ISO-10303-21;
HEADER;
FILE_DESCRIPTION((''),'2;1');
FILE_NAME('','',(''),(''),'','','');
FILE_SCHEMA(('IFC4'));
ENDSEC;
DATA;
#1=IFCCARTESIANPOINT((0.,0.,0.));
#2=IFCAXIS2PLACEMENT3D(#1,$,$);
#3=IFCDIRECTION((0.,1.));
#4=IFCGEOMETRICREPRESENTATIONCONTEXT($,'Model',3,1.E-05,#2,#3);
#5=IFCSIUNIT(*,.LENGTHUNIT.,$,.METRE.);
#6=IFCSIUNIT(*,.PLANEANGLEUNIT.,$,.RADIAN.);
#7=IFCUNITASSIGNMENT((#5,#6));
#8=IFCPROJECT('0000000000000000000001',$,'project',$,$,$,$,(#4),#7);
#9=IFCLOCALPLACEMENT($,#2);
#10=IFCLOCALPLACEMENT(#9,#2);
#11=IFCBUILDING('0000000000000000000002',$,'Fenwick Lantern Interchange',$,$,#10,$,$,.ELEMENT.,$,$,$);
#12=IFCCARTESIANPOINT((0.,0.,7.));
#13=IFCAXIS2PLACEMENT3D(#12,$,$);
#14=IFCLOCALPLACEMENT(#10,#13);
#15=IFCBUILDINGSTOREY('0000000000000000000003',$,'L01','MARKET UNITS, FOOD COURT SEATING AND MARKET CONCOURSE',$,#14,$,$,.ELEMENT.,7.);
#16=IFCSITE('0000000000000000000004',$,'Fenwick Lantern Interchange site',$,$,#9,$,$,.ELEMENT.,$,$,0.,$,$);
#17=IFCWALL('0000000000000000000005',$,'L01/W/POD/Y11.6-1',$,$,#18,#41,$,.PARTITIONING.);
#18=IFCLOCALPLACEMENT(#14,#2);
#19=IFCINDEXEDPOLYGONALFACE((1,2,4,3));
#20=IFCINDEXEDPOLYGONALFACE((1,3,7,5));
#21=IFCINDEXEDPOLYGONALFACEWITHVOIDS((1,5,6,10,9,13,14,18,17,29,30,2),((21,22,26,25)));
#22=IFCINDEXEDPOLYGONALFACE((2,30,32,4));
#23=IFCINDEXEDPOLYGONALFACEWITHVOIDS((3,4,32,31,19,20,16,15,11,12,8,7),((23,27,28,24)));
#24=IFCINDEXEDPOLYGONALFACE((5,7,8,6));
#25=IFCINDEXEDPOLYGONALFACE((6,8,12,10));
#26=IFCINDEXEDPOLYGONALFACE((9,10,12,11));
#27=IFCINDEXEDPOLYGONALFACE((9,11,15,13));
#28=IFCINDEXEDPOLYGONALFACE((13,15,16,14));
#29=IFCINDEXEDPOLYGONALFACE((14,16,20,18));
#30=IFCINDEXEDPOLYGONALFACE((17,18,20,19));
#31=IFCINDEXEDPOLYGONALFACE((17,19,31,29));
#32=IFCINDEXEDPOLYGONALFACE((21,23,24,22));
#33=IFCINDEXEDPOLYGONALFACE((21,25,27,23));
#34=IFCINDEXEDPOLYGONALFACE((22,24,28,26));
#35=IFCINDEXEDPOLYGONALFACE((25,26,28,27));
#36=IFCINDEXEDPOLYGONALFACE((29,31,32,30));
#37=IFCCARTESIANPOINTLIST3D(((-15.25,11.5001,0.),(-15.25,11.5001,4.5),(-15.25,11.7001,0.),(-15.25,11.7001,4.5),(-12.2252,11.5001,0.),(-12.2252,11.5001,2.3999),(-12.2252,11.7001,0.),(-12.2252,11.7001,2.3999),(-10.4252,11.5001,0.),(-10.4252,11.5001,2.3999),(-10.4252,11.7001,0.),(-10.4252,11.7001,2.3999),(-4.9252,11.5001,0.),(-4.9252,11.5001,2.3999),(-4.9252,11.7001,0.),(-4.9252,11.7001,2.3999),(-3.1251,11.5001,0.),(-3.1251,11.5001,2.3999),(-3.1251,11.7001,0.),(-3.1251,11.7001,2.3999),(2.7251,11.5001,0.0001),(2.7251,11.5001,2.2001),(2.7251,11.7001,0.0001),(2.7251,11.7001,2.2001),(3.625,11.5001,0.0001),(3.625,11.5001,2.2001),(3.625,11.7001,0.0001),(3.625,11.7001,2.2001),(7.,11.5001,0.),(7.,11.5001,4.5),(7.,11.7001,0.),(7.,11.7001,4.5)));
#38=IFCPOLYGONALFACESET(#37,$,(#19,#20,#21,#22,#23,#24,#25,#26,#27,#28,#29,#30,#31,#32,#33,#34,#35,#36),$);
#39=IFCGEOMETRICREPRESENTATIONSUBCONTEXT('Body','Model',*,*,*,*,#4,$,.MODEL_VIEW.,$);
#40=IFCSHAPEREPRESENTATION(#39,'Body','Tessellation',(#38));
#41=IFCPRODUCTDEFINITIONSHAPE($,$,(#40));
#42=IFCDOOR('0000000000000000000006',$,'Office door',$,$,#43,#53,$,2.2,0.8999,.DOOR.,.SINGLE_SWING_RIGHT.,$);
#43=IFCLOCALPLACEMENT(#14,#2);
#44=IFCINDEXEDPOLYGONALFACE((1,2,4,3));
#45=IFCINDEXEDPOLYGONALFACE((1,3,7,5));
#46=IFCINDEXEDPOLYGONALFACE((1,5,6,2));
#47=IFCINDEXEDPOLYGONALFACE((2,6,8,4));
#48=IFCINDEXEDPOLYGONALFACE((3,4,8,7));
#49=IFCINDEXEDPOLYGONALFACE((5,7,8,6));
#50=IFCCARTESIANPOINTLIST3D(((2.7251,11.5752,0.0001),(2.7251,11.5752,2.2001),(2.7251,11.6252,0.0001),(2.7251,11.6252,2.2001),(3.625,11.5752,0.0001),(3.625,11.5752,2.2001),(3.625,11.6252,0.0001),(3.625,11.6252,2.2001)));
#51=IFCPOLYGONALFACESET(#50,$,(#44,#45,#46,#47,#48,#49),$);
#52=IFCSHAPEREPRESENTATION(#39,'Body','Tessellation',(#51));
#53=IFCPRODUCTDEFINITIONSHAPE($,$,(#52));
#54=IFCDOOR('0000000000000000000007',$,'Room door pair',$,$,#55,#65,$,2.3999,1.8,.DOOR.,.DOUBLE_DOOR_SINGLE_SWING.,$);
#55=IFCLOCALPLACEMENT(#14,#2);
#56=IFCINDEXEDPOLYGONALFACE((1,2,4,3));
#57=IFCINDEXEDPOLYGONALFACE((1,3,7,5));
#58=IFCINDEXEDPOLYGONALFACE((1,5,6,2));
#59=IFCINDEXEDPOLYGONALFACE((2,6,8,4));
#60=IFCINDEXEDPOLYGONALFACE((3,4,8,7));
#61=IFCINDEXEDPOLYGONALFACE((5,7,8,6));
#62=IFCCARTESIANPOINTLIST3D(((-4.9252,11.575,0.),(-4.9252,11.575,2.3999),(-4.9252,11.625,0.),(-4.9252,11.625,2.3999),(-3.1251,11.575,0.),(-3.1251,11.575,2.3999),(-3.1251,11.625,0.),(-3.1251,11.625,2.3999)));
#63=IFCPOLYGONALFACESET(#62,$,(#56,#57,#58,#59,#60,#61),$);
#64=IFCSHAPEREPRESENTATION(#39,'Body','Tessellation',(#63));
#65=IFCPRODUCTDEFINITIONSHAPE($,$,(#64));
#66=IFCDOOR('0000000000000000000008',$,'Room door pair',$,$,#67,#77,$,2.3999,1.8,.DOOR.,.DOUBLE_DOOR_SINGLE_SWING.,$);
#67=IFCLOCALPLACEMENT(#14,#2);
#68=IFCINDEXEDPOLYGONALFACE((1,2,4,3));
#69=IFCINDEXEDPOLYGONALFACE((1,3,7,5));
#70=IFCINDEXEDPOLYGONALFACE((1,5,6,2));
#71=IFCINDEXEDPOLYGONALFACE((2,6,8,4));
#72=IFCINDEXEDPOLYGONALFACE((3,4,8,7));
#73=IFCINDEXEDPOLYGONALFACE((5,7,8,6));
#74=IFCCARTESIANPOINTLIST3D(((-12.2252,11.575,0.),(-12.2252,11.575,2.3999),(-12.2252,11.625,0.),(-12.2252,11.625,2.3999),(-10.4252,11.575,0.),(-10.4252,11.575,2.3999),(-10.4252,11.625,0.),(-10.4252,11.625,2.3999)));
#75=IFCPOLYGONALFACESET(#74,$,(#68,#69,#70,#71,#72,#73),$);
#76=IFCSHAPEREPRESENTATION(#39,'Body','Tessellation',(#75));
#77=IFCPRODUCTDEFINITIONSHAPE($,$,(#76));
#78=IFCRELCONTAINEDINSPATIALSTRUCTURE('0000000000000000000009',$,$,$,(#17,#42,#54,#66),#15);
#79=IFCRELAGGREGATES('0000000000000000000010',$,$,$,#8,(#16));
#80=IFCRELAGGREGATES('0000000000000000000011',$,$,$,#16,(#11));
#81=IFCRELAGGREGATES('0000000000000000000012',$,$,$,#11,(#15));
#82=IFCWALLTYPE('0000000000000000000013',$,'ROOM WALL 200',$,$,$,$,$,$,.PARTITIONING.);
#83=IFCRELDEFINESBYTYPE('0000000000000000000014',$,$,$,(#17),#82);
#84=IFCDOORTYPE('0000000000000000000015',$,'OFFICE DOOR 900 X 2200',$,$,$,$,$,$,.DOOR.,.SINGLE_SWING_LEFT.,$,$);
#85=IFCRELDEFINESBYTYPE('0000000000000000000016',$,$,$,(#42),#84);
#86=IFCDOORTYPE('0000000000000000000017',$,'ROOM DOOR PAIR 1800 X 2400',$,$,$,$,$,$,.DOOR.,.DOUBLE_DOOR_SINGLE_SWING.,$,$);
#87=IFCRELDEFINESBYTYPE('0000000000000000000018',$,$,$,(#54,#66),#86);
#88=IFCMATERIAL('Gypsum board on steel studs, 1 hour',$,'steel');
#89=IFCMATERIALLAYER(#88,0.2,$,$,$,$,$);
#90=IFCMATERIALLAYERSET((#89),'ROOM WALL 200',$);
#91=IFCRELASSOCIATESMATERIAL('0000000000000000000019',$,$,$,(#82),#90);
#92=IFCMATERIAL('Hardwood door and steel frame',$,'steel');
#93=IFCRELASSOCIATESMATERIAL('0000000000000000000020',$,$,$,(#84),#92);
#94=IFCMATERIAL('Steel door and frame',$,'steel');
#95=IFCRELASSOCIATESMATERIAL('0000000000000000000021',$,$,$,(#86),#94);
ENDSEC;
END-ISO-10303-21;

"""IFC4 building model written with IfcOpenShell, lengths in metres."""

from ifc_helpers import new_model, si_unit, direction, frame, frame_2d, origin, place, context, subcontext, project, spatial, rectangle, extrude, material, layer, layer_set, type_object, element, fill, save


model = new_model("IFC4")

# Units and contexts
model_context = context("Model", 3, precision=1e-05, world=origin(), true_north=direction((0.0, 1.0)))
body_context = subcontext(model_context, "Body", "Model", "MODEL_VIEW")
ifc_project = project(units=[si_unit("LENGTHUNIT", "METRE"), si_unit("PLANEANGLEUNIT", "RADIAN")], contexts=[model_context])

# Site, building, storey
site_placement = place(None, origin())
site = spatial("IfcSite", under=ifc_project, at=site_placement, Name="Fenwick Lantern Interchange site", CompositionType="ELEMENT", RefElevation=0.0)
building_placement = place(site_placement, origin())
building = spatial("IfcBuilding", under=site, at=building_placement, Name="Fenwick Lantern Interchange", CompositionType="ELEMENT")
storey_placement = place(building_placement, frame((0.0, 0.0, 7.0)))
storey = spatial("IfcBuildingStorey", under=building, at=storey_placement, Name="L01", Description="MARKET UNITS, FOOD COURT SEATING AND MARKET CONCOURSE", CompositionType="ELEMENT", Elevation=7.0)

# Wall, openings, doors
ifc_material_1 = material(Name="Gypsum board on steel studs, 1 hour", Category="steel")
ifc_layer = layer(ifc_material_1, 0.2)
ifc_layer_set = layer_set([ifc_layer], Name="ROOM WALL 200")
wall_type = type_object("IfcWallType", Name="ROOM WALL 200", PredefinedType="PARTITIONING", material=ifc_layer_set)
wall_placement = place(storey_placement, frame((-15.25, 11.6001, 0.0), z_axis=(0.0, 0.0, 1.0), x_axis=(1.0, 0.0, 0.0)))
wall = element("IfcWall", 1, at=wall_placement, inside=storey, type_object=wall_type, Name="L01/W/POD/Y11.6-1", PredefinedType="PARTITIONING", context=body_context, shape_type="SweptSolid", body=[
    extrude(rectangle(XDim=22.25, YDim=0.2, at=frame_2d((11.125, 0.0))), origin(), (0.0, 0.0, 1.0), 4.5),
])
opening_1_placement = place(wall_placement, frame((10.325, 0.0, 0.0)))
opening_1 = element("IfcOpeningElement", 2, at=opening_1_placement, cuts=wall, PredefinedType="OPENING", context=body_context, shape_type="SweptSolid", body=[
    extrude(rectangle(XDim=1.8, YDim=2.3999, at=frame_2d((0.8999, 1.2))), frame((0.0, 0.1099, 0.0), z_axis=(0.0, -1.0, 0.0), x_axis=(1.0, 0.0, 0.0)), (0.0, 0.0, 1.0), 0.22),
])
opening_2_placement = place(wall_placement, frame((3.0249, 0.0, 0.0)))
opening_2 = element("IfcOpeningElement", 3, at=opening_2_placement, cuts=wall, PredefinedType="OPENING", context=body_context, shape_type="SweptSolid", body=[
    extrude(rectangle(XDim=1.8, YDim=2.3999, at=frame_2d((0.8999, 1.2))), frame((0.0, 0.1099, 0.0), z_axis=(0.0, -1.0, 0.0), x_axis=(1.0, 0.0, 0.0)), (0.0, 0.0, 1.0), 0.22),
])
opening_3_placement = place(wall_placement, frame((17.9751, 0.0, 0.0)))
opening_3 = element("IfcOpeningElement", 4, at=opening_3_placement, cuts=wall, PredefinedType="OPENING", context=body_context, shape_type="SweptSolid", body=[
    extrude(rectangle(XDim=0.8999, YDim=2.2, at=frame_2d((0.45, 1.1001))), frame((0.0, 0.1099, 0.0), z_axis=(0.0, -1.0, 0.0), x_axis=(1.0, 0.0, 0.0)), (0.0, 0.0, 1.0), 0.22),
])
ifc_material_2 = material(Name="Hardwood door and steel frame", Category="steel")
door_type_1 = type_object("IfcDoorType", Name="OFFICE DOOR 900 X 2200", OperationType="SINGLE_SWING_LEFT", PredefinedType="DOOR", material=ifc_material_2)
door_1_placement = place(opening_3_placement, frame((0.8999, 0.0, 0.0), z_axis=(0.0, 0.0, 1.0), x_axis=(-1.0, 0.0, 0.0)))
door_1 = element("IfcDoor", 5, at=door_1_placement, inside=storey, type_object=door_type_1, Name="Office door", OperationType="SINGLE_SWING_RIGHT", OverallHeight=2.2, OverallWidth=0.8999, PredefinedType="DOOR", context=body_context, shape_type="SweptSolid", body=[
    extrude(rectangle(XDim=0.8999, YDim=2.2, at=frame_2d((0.45, 1.1001))), frame((0.0, 0.0249, 0.0), z_axis=(0.0, -1.0, 0.0), x_axis=(1.0, 0.0, 0.0)), (0.0, 0.0, 1.0), 0.05),
])
fill(opening_3, door_1)
ifc_material_3 = material(Name="Steel door and frame", Category="steel")
door_type_2 = type_object("IfcDoorType", Name="ROOM DOOR PAIR 1800 X 2400", OperationType="DOUBLE_DOOR_SINGLE_SWING", PredefinedType="DOOR", material=ifc_material_3)
door_2_placement = place(opening_1_placement, origin())
door_2 = element("IfcDoor", 6, at=door_2_placement, inside=storey, type_object=door_type_2, Name="Room door pair", OperationType="DOUBLE_DOOR_SINGLE_SWING", OverallHeight=2.3999, OverallWidth=1.8, PredefinedType="DOOR", context=body_context, shape_type="SweptSolid", body=[
    extrude(rectangle(XDim=1.8, YDim=2.3999, at=frame_2d((0.8999, 1.2))), frame((0.0, 0.0249, 0.0), z_axis=(0.0, -1.0, 0.0), x_axis=(1.0, 0.0, 0.0)), (0.0, 0.0, 1.0), 0.05),
])
fill(opening_1, door_2)
door_3_placement = place(opening_2_placement, origin())
door_3 = element("IfcDoor", 7, at=door_3_placement, inside=storey, type_object=door_type_2, Name="Room door pair", OperationType="DOUBLE_DOOR_SINGLE_SWING", OverallHeight=2.3999, OverallWidth=1.8, PredefinedType="DOOR", context=body_context, shape_type="SweptSolid", body=[
    extrude(rectangle(XDim=1.8, YDim=2.3999, at=frame_2d((0.8999, 1.2))), frame((0.0, 0.0249, 0.0), z_axis=(0.0, -1.0, 0.0), x_axis=(1.0, 0.0, 0.0)), (0.0, 0.0, 1.0), 0.05),
])
fill(opening_2, door_3)

save(model, "model.ifc")
